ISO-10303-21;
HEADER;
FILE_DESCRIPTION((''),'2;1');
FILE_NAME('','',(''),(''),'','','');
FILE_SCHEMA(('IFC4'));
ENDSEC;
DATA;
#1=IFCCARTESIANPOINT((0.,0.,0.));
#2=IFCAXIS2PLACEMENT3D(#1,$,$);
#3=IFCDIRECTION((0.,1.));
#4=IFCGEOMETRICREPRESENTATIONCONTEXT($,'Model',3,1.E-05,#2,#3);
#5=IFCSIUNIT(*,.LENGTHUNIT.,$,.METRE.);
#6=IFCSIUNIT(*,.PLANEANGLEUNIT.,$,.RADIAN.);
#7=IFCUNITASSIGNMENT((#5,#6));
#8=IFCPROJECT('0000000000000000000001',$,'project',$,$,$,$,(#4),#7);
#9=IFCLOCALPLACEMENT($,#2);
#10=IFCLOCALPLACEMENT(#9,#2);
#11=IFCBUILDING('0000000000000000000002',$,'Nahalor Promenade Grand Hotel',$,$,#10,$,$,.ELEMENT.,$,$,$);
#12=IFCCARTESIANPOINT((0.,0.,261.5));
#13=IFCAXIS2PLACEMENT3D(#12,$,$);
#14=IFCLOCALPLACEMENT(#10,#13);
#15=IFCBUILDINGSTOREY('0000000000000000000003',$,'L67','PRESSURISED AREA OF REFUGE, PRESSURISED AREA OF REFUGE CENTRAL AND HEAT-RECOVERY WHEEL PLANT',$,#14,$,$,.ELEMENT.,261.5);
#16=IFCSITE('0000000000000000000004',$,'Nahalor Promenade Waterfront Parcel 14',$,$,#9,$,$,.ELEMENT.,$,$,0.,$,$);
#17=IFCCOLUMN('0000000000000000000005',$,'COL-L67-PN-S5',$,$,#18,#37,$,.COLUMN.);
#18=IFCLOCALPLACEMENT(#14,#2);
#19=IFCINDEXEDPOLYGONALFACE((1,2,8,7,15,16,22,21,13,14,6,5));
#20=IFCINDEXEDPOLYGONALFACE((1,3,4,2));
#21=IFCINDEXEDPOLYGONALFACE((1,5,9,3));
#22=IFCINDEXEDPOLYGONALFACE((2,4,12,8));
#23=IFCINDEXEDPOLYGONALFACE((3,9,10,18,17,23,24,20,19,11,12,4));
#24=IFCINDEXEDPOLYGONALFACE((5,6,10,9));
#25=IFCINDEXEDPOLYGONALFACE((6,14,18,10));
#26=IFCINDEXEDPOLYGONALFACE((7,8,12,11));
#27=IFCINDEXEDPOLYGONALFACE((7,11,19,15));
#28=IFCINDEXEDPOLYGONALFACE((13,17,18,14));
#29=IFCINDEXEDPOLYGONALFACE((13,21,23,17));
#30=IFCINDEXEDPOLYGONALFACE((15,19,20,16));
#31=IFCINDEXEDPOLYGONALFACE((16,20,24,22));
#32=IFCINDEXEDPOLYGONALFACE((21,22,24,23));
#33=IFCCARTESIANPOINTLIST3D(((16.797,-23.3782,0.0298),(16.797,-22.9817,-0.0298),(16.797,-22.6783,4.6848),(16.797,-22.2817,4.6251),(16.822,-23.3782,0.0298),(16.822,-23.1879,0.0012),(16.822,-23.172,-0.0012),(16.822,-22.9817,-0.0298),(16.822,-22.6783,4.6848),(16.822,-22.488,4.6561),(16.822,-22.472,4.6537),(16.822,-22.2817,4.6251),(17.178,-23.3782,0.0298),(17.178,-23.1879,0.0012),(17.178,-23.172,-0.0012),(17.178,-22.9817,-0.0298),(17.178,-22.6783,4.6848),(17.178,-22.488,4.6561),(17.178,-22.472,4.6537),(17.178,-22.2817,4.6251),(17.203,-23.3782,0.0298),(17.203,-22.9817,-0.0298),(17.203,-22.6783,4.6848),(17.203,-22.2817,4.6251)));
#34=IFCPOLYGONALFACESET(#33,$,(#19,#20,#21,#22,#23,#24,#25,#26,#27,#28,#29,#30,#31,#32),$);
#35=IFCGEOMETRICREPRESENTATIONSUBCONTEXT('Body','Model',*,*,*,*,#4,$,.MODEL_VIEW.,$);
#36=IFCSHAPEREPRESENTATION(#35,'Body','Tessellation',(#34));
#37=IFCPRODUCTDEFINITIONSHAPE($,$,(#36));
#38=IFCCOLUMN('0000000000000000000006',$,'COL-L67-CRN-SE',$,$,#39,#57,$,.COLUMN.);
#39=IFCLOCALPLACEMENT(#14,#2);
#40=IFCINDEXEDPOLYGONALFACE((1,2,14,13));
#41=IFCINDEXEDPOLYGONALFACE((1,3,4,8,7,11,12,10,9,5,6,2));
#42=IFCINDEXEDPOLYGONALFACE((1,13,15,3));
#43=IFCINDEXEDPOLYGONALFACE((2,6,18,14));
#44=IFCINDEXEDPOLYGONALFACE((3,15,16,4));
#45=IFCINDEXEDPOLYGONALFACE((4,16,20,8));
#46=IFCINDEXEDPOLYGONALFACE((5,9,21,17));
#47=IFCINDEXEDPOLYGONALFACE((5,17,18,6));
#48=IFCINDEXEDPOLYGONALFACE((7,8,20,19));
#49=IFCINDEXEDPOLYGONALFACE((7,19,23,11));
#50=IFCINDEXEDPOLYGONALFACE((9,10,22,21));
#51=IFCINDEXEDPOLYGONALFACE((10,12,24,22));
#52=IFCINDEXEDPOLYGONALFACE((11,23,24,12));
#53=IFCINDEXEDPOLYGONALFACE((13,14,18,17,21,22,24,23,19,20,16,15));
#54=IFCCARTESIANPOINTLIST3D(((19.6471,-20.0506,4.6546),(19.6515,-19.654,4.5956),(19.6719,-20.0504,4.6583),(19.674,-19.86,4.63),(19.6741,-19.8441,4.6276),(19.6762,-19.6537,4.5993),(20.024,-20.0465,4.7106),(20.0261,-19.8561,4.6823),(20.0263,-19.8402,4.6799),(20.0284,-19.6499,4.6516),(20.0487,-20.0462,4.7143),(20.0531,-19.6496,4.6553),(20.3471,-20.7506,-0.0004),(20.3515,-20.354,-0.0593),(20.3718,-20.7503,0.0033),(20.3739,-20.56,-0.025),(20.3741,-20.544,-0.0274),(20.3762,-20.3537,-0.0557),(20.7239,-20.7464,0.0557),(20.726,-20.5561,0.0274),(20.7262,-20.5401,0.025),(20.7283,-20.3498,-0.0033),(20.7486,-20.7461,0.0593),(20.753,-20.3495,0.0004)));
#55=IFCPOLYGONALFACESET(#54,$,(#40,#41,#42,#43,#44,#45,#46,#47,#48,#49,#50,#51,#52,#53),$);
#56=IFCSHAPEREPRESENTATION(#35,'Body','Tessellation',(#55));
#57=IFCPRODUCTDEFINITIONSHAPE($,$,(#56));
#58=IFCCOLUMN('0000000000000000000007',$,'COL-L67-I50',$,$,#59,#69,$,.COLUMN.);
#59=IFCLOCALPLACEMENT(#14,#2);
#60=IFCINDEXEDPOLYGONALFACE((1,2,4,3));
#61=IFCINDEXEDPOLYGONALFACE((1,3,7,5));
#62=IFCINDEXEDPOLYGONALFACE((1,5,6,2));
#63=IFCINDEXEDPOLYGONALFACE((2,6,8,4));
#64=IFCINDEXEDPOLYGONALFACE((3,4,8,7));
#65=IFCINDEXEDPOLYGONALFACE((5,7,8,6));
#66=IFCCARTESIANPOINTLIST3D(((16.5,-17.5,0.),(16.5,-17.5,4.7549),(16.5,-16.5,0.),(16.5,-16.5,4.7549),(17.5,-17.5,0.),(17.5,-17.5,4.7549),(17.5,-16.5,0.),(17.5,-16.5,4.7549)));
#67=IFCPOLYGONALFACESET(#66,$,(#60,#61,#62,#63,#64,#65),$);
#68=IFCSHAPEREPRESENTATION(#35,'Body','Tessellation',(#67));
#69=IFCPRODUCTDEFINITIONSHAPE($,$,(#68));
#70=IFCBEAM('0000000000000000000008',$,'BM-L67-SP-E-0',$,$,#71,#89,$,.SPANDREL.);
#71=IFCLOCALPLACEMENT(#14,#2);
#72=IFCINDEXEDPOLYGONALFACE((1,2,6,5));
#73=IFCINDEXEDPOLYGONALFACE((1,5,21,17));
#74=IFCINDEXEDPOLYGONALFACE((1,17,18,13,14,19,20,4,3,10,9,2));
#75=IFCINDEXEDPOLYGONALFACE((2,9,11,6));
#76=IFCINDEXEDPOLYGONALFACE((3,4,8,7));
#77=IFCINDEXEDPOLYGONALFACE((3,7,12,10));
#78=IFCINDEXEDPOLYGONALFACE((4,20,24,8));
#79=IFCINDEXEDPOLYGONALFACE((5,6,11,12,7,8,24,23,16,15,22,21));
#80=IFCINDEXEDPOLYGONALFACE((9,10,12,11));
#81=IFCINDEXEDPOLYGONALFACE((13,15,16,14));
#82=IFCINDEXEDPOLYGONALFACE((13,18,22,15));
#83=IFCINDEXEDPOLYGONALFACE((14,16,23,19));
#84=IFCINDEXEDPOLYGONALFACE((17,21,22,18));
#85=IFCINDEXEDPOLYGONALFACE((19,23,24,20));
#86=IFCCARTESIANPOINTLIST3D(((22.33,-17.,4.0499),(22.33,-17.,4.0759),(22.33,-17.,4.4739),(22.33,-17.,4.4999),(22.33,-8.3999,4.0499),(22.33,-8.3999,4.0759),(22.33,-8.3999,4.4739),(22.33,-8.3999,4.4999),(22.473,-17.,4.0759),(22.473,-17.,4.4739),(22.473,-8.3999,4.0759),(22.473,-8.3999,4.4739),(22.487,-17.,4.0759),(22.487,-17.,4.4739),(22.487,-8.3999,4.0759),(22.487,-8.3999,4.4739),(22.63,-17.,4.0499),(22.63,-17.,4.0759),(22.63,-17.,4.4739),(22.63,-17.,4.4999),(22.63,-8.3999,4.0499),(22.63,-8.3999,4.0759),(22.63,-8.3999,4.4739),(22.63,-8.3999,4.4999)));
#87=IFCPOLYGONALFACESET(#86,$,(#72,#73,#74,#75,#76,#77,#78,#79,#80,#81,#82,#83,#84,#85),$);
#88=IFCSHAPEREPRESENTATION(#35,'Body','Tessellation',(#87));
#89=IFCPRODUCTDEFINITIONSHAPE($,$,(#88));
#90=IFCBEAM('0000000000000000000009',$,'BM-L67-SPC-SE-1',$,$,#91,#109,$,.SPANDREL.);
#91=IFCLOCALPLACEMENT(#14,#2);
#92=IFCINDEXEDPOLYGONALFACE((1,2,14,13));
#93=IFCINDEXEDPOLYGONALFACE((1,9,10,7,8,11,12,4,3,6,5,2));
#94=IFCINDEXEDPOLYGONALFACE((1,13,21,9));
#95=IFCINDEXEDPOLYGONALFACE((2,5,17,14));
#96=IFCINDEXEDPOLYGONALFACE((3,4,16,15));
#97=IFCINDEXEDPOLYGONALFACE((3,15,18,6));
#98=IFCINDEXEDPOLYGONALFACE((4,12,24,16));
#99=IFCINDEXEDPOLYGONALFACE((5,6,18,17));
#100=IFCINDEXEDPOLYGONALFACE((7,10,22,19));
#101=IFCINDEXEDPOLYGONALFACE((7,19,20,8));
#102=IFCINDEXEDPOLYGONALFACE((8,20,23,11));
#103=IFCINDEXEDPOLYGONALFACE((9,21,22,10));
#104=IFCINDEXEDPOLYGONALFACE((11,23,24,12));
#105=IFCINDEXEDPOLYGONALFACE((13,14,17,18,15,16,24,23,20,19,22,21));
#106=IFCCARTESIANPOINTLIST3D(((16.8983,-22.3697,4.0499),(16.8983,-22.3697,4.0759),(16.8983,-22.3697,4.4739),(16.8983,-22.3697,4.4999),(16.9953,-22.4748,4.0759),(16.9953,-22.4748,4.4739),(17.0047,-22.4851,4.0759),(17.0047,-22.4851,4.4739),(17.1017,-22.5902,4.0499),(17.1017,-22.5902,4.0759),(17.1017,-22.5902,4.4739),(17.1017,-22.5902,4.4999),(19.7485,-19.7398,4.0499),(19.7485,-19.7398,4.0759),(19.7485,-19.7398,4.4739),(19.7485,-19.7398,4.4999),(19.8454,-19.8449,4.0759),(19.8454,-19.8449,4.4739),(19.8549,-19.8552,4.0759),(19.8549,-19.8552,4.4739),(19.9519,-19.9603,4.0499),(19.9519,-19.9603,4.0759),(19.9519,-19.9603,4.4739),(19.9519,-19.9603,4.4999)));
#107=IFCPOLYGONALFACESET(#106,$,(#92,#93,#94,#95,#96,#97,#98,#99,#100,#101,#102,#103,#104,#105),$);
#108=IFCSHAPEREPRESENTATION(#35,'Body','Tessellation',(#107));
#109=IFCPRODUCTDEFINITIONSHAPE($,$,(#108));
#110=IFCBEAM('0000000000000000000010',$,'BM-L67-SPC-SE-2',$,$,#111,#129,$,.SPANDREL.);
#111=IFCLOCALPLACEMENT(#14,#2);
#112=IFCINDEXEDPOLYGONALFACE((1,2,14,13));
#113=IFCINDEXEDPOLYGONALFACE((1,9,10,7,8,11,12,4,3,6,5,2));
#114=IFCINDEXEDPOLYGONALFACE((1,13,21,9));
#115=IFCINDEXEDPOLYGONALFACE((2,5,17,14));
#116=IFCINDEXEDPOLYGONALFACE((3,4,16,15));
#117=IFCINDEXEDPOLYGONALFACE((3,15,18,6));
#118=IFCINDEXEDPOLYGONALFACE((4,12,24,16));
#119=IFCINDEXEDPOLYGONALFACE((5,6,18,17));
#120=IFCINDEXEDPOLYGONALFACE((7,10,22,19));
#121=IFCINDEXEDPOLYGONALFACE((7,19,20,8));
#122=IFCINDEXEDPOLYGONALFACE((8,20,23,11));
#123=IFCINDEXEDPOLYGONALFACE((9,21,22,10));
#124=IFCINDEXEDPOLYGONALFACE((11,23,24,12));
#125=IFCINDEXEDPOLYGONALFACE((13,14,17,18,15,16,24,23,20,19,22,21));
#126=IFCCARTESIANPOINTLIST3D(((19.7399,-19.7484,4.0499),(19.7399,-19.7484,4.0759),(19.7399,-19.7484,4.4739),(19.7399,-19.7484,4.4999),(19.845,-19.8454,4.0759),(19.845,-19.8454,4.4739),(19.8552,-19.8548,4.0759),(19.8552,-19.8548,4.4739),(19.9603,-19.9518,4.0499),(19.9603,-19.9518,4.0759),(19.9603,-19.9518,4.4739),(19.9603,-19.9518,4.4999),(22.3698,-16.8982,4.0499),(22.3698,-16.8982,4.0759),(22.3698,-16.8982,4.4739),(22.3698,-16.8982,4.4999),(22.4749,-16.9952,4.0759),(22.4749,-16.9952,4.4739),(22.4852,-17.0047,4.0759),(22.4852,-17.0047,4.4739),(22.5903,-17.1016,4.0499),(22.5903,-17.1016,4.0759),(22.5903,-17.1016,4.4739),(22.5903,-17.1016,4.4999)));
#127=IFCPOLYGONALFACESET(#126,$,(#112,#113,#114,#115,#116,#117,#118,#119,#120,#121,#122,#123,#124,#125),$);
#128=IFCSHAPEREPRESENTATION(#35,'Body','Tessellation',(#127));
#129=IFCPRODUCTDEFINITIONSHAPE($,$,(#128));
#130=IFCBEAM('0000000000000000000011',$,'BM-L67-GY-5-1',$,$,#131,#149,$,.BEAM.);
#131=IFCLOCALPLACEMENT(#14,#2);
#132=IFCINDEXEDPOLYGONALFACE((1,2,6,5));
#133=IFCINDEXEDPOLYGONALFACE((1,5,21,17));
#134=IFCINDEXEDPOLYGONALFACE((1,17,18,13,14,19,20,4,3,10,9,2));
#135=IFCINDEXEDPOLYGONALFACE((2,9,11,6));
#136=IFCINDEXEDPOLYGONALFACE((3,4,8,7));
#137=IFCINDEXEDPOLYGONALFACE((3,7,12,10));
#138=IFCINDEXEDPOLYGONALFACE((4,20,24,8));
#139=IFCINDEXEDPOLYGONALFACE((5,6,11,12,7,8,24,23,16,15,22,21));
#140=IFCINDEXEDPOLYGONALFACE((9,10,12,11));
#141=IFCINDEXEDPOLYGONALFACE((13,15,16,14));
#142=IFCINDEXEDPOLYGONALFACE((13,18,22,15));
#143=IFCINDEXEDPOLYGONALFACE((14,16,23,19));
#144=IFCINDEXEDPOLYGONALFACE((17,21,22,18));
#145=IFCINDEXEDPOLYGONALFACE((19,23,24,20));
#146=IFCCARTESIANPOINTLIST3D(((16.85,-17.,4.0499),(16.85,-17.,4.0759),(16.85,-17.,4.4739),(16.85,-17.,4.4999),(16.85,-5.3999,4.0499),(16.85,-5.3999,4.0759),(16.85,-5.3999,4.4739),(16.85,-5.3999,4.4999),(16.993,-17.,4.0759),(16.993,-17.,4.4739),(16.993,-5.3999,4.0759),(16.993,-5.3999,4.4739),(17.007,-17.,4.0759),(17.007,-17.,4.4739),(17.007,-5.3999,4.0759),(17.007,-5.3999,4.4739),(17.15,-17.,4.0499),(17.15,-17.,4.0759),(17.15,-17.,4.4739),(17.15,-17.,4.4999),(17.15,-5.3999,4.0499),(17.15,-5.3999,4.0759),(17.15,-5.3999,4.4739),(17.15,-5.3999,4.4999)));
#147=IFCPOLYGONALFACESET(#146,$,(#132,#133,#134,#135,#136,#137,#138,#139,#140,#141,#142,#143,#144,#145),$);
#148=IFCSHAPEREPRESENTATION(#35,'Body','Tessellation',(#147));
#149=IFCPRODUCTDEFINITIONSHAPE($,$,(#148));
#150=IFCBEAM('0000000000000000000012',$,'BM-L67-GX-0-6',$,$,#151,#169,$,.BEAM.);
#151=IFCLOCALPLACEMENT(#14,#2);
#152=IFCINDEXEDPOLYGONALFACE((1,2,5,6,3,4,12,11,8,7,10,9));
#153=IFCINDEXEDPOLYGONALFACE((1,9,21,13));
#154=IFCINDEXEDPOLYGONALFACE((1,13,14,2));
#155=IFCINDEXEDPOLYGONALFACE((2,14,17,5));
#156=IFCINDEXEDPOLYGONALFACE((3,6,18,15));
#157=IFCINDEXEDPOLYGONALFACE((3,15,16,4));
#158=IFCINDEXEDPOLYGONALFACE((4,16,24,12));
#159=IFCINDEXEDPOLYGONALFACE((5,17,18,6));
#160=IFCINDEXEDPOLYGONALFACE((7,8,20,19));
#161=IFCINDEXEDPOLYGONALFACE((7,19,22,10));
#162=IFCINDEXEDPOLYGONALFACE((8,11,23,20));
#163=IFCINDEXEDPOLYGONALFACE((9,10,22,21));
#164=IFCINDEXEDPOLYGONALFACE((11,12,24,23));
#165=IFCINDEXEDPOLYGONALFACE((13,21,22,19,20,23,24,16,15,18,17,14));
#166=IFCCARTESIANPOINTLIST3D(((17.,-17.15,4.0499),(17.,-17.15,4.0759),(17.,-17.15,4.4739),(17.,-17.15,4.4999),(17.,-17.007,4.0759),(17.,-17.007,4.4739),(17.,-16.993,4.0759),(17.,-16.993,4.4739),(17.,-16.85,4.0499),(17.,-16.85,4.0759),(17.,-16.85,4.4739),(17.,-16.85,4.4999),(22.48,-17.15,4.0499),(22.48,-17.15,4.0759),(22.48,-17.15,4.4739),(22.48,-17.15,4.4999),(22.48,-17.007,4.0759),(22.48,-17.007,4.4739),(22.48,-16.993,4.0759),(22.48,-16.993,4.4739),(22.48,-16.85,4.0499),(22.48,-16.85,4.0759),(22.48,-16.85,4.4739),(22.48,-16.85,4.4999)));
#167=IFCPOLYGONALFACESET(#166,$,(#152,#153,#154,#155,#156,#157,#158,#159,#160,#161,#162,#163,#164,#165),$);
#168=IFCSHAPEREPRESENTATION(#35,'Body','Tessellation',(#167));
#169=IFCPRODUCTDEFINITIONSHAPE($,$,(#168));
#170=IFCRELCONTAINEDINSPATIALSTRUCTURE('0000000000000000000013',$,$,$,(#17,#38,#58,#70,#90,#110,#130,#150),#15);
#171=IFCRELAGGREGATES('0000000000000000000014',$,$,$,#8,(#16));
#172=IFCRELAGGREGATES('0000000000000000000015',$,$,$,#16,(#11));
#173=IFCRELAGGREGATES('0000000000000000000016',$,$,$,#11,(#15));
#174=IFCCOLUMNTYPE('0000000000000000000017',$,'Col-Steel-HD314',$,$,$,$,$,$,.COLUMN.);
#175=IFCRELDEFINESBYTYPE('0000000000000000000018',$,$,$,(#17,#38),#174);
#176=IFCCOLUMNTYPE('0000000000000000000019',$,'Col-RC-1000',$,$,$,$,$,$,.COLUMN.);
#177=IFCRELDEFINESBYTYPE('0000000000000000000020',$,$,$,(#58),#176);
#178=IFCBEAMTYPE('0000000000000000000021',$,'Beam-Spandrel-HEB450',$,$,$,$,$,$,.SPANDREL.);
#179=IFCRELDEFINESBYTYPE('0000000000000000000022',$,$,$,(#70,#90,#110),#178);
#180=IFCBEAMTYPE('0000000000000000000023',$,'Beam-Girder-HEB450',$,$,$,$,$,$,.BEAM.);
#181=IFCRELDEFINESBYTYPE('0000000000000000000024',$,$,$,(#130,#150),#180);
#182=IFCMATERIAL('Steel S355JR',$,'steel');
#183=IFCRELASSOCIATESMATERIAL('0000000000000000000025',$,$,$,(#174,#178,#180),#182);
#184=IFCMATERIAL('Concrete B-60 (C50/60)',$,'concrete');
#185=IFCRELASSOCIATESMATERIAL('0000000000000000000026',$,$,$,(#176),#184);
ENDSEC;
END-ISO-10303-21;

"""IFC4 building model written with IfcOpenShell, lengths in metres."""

from ifc_helpers import new_model, si_unit, direction, frame, origin, origin_2d, place, context, subcontext, project, spatial, rectangle, i_section, extrude, source, transform, mapped, material, material_profile, profile_set, type_object, element, save


model = new_model("IFC4")

# Units and contexts
model_context = context("Model", 3, precision=1e-05, world=origin(), true_north=direction((0.0, 1.0)))
body_context = subcontext(model_context, "Body", "Model", "MODEL_VIEW")
ifc_project = project(units=[si_unit("LENGTHUNIT", "METRE"), si_unit("PLANEANGLEUNIT", "RADIAN")], contexts=[model_context])

# Site, building, storey
site_placement = place(None, origin())
site = spatial("IfcSite", under=ifc_project, at=site_placement, Name="Nahalor Promenade Waterfront Parcel 14", CompositionType="ELEMENT", RefElevation=0.0)
building_placement = place(site_placement, origin())
building = spatial("IfcBuilding", under=site, at=building_placement, Name="Nahalor Promenade Grand Hotel", CompositionType="ELEMENT")
storey_placement = place(building_placement, frame((0.0, 0.0, 261.5)))
storey = spatial("IfcBuildingStorey", under=building, at=storey_placement, Name="L67", Description="PRESSURISED AREA OF REFUGE, PRESSURISED AREA OF REFUGE CENTRAL AND HEAT-RECOVERY WHEEL PLANT", CompositionType="ELEMENT", Elevation=261.5)

# Columns
ifc_material_1 = material(Name="Steel S355JR", Category="steel")
ifc_material_profile_1 = material_profile(ifc_material_1, i_section(OverallWidth=0.401, OverallDepth=0.406, WebThickness=0.0161, FlangeThickness=0.025, at=origin_2d()), Name="HD 400x314")
ifc_profile_set_1 = profile_set([ifc_material_profile_1], Name="Steel S355JR")
column_type_1 = type_object("IfcColumnType", Name="Col-Steel-HD314", PredefinedType="COLUMN", material=ifc_profile_set_1)
shared_shape_1 = source(origin(), body_context, "Body", "SweptSolid", [
    extrude(i_section(OverallWidth=0.401, OverallDepth=0.406, WebThickness=0.0161, FlangeThickness=0.025, at=origin_2d()), origin(), (0.0, 0.0, 1.0), 4.7073),
])
column_1_placement = place(storey_placement, frame((17.0, -23.1799, 0.0), z_axis=(0.0, 0.148693, 0.988883), x_axis=(0.0, -0.988883, 0.148693)))
element("IfcColumn", 1, at=column_1_placement, inside=storey, type_object=column_type_1, Name="COL-L67-PN-S5", PredefinedType="COLUMN", context=body_context, shape_type="MappedRepresentation", body=[
    mapped(shared_shape_1, transform((0.0, 0.0, 0.0), scale=1.0)),
])
shared_shape_2 = source(origin(), body_context, "Body", "SweptSolid", [
    extrude(i_section(OverallWidth=0.401, OverallDepth=0.406, WebThickness=0.0161, FlangeThickness=0.025, at=origin_2d()), origin(), (0.0, 0.0, 1.0), 4.759),
])
column_2_placement = place(storey_placement, frame((20.55, -20.55, 0.0), z_axis=(-0.147076, 0.147076, 0.97813), x_axis=(-0.010935, -0.989065, 0.147076)))
element("IfcColumn", 2, at=column_2_placement, inside=storey, type_object=column_type_1, Name="COL-L67-CRN-SE", PredefinedType="COLUMN", context=body_context, shape_type="MappedRepresentation", body=[
    mapped(shared_shape_2, transform((0.0, 0.0, 0.0), scale=1.0)),
])
ifc_material_2 = material(Name="Concrete B-60 (C50/60)", Category="concrete")
ifc_material_profile_2 = material_profile(ifc_material_2, rectangle(XDim=1.0, YDim=1.0, at=origin_2d()), Name="RC 1000x1000")
ifc_profile_set_2 = profile_set([ifc_material_profile_2], Name="Concrete B-60 (C50/60)")
column_type_2 = type_object("IfcColumnType", Name="Col-RC-1000", PredefinedType="COLUMN", material=ifc_profile_set_2)
shared_shape_3 = source(origin(), body_context, "Body", "SweptSolid", [
    extrude(rectangle(XDim=1.0, YDim=1.0, at=origin_2d()), origin(), (0.0, 0.0, 1.0), 4.7549),
])
column_3_placement = place(storey_placement, frame((17.0, -17.0, 0.0), z_axis=(0.0, 0.0, 1.0), x_axis=(1.0, 0.0, 0.0)))
element("IfcColumn", 3, at=column_3_placement, inside=storey, type_object=column_type_2, Name="COL-L67-I50", PredefinedType="COLUMN", context=body_context, shape_type="MappedRepresentation", body=[
    mapped(shared_shape_3, transform((0.0, 0.0, 0.0), scale=1.0)),
])

# Beams
ifc_material_profile_3 = material_profile(ifc_material_1, i_section(OverallWidth=0.3, OverallDepth=0.45, WebThickness=0.014, FlangeThickness=0.026, at=origin_2d()), Name="HEB 450")
ifc_profile_set_3 = profile_set([ifc_material_profile_3], Name="Steel S355JR")
beam_type_1 = type_object("IfcBeamType", Name="Beam-Spandrel-HEB450", PredefinedType="SPANDREL", material=ifc_profile_set_3)
shared_shape_4 = source(origin(), body_context, "Body", "SweptSolid", [
    extrude(i_section(OverallWidth=0.3, OverallDepth=0.45, WebThickness=0.014, FlangeThickness=0.026, at=origin_2d()), origin(), (0.0, 0.0, 1.0), 8.6001),
])
beam_1_placement = place(storey_placement, frame((22.48, -17.0, 4.2749), z_axis=(0.0, 1.0, 0.0), x_axis=(-1.0, 0.0, 0.0)))
element("IfcBeam", 4, at=beam_1_placement, inside=storey, type_object=beam_type_1, Name="BM-L67-SP-E-0", PredefinedType="SPANDREL", context=body_context, shape_type="MappedRepresentation", body=[
    mapped(shared_shape_4, transform((0.0, 0.0, 0.0), scale=1.0)),
])
shared_shape_5 = source(origin(), body_context, "Body", "SweptSolid", [
    extrude(i_section(OverallWidth=0.3, OverallDepth=0.45, WebThickness=0.014, FlangeThickness=0.026, at=origin_2d()), origin(), (0.0, 0.0, 1.0), 3.8782),
])
for number, where, z_axis, x_axis, name in (
    (5, (17.0, -22.48, 4.2749), (0.734929, 0.678144, 0.0), (-0.678144, 0.734929, 0.0), "BM-L67-SPC-SE-1"),
    (6, (19.8501, -19.8501, 4.2749), (0.678144, 0.734929, 0.0), (-0.734929, 0.678144, 0.0), "BM-L67-SPC-SE-2"),
):
    element("IfcBeam", number, at=place(storey_placement, frame(where, z_axis=z_axis, x_axis=x_axis)), inside=storey, type_object=beam_type_1, Name=name, PredefinedType="SPANDREL", context=body_context, shape_type="MappedRepresentation", body=[
        mapped(shared_shape_5, transform((0.0, 0.0, 0.0), scale=1.0)),
    ])
ifc_material_profile_4 = material_profile(ifc_material_1, i_section(OverallWidth=0.3, OverallDepth=0.45, WebThickness=0.014, FlangeThickness=0.026, at=origin_2d()), Name="HEB 450")
ifc_profile_set_4 = profile_set([ifc_material_profile_4], Name="Steel S355JR")
beam_type_2 = type_object("IfcBeamType", Name="Beam-Girder-HEB450", PredefinedType="BEAM", material=ifc_profile_set_4)
shared_shape_6 = source(origin(), body_context, "Body", "SweptSolid", [
    extrude(i_section(OverallWidth=0.3, OverallDepth=0.45, WebThickness=0.014, FlangeThickness=0.026, at=origin_2d()), origin(), (0.0, 0.0, 1.0), 11.6001),
])
beam_2_placement = place(storey_placement, frame((17.0, -17.0, 4.2749), z_axis=(0.0, 1.0, 0.0), x_axis=(-1.0, 0.0, 0.0)))
element("IfcBeam", 7, at=beam_2_placement, inside=storey, type_object=beam_type_2, Name="BM-L67-GY-5-1", PredefinedType="BEAM", context=body_context, shape_type="MappedRepresentation", body=[
    mapped(shared_shape_6, transform((0.0, 0.0, 0.0), scale=1.0)),
])
shared_shape_7 = source(origin(), body_context, "Body", "SweptSolid", [
    extrude(i_section(OverallWidth=0.3, OverallDepth=0.45, WebThickness=0.014, FlangeThickness=0.026, at=origin_2d()), origin(), (0.0, 0.0, 1.0), 5.48),
])
for number, where, z_axis, x_axis, name in (
    (8, (17.0, -17.0, 4.2749), (1.0, 0.0, 0.0), (0.0, 1.0, 0.0), "BM-L67-GX-0-6"),
):
    element("IfcBeam", number, at=place(storey_placement, frame(where, z_axis=z_axis, x_axis=x_axis)), inside=storey, type_object=beam_type_2, Name=name, PredefinedType="BEAM", context=body_context, shape_type="MappedRepresentation", body=[
        mapped(shared_shape_7, transform((0.0, 0.0, 0.0), scale=1.0)),
    ])

save(model, "model.ifc")
